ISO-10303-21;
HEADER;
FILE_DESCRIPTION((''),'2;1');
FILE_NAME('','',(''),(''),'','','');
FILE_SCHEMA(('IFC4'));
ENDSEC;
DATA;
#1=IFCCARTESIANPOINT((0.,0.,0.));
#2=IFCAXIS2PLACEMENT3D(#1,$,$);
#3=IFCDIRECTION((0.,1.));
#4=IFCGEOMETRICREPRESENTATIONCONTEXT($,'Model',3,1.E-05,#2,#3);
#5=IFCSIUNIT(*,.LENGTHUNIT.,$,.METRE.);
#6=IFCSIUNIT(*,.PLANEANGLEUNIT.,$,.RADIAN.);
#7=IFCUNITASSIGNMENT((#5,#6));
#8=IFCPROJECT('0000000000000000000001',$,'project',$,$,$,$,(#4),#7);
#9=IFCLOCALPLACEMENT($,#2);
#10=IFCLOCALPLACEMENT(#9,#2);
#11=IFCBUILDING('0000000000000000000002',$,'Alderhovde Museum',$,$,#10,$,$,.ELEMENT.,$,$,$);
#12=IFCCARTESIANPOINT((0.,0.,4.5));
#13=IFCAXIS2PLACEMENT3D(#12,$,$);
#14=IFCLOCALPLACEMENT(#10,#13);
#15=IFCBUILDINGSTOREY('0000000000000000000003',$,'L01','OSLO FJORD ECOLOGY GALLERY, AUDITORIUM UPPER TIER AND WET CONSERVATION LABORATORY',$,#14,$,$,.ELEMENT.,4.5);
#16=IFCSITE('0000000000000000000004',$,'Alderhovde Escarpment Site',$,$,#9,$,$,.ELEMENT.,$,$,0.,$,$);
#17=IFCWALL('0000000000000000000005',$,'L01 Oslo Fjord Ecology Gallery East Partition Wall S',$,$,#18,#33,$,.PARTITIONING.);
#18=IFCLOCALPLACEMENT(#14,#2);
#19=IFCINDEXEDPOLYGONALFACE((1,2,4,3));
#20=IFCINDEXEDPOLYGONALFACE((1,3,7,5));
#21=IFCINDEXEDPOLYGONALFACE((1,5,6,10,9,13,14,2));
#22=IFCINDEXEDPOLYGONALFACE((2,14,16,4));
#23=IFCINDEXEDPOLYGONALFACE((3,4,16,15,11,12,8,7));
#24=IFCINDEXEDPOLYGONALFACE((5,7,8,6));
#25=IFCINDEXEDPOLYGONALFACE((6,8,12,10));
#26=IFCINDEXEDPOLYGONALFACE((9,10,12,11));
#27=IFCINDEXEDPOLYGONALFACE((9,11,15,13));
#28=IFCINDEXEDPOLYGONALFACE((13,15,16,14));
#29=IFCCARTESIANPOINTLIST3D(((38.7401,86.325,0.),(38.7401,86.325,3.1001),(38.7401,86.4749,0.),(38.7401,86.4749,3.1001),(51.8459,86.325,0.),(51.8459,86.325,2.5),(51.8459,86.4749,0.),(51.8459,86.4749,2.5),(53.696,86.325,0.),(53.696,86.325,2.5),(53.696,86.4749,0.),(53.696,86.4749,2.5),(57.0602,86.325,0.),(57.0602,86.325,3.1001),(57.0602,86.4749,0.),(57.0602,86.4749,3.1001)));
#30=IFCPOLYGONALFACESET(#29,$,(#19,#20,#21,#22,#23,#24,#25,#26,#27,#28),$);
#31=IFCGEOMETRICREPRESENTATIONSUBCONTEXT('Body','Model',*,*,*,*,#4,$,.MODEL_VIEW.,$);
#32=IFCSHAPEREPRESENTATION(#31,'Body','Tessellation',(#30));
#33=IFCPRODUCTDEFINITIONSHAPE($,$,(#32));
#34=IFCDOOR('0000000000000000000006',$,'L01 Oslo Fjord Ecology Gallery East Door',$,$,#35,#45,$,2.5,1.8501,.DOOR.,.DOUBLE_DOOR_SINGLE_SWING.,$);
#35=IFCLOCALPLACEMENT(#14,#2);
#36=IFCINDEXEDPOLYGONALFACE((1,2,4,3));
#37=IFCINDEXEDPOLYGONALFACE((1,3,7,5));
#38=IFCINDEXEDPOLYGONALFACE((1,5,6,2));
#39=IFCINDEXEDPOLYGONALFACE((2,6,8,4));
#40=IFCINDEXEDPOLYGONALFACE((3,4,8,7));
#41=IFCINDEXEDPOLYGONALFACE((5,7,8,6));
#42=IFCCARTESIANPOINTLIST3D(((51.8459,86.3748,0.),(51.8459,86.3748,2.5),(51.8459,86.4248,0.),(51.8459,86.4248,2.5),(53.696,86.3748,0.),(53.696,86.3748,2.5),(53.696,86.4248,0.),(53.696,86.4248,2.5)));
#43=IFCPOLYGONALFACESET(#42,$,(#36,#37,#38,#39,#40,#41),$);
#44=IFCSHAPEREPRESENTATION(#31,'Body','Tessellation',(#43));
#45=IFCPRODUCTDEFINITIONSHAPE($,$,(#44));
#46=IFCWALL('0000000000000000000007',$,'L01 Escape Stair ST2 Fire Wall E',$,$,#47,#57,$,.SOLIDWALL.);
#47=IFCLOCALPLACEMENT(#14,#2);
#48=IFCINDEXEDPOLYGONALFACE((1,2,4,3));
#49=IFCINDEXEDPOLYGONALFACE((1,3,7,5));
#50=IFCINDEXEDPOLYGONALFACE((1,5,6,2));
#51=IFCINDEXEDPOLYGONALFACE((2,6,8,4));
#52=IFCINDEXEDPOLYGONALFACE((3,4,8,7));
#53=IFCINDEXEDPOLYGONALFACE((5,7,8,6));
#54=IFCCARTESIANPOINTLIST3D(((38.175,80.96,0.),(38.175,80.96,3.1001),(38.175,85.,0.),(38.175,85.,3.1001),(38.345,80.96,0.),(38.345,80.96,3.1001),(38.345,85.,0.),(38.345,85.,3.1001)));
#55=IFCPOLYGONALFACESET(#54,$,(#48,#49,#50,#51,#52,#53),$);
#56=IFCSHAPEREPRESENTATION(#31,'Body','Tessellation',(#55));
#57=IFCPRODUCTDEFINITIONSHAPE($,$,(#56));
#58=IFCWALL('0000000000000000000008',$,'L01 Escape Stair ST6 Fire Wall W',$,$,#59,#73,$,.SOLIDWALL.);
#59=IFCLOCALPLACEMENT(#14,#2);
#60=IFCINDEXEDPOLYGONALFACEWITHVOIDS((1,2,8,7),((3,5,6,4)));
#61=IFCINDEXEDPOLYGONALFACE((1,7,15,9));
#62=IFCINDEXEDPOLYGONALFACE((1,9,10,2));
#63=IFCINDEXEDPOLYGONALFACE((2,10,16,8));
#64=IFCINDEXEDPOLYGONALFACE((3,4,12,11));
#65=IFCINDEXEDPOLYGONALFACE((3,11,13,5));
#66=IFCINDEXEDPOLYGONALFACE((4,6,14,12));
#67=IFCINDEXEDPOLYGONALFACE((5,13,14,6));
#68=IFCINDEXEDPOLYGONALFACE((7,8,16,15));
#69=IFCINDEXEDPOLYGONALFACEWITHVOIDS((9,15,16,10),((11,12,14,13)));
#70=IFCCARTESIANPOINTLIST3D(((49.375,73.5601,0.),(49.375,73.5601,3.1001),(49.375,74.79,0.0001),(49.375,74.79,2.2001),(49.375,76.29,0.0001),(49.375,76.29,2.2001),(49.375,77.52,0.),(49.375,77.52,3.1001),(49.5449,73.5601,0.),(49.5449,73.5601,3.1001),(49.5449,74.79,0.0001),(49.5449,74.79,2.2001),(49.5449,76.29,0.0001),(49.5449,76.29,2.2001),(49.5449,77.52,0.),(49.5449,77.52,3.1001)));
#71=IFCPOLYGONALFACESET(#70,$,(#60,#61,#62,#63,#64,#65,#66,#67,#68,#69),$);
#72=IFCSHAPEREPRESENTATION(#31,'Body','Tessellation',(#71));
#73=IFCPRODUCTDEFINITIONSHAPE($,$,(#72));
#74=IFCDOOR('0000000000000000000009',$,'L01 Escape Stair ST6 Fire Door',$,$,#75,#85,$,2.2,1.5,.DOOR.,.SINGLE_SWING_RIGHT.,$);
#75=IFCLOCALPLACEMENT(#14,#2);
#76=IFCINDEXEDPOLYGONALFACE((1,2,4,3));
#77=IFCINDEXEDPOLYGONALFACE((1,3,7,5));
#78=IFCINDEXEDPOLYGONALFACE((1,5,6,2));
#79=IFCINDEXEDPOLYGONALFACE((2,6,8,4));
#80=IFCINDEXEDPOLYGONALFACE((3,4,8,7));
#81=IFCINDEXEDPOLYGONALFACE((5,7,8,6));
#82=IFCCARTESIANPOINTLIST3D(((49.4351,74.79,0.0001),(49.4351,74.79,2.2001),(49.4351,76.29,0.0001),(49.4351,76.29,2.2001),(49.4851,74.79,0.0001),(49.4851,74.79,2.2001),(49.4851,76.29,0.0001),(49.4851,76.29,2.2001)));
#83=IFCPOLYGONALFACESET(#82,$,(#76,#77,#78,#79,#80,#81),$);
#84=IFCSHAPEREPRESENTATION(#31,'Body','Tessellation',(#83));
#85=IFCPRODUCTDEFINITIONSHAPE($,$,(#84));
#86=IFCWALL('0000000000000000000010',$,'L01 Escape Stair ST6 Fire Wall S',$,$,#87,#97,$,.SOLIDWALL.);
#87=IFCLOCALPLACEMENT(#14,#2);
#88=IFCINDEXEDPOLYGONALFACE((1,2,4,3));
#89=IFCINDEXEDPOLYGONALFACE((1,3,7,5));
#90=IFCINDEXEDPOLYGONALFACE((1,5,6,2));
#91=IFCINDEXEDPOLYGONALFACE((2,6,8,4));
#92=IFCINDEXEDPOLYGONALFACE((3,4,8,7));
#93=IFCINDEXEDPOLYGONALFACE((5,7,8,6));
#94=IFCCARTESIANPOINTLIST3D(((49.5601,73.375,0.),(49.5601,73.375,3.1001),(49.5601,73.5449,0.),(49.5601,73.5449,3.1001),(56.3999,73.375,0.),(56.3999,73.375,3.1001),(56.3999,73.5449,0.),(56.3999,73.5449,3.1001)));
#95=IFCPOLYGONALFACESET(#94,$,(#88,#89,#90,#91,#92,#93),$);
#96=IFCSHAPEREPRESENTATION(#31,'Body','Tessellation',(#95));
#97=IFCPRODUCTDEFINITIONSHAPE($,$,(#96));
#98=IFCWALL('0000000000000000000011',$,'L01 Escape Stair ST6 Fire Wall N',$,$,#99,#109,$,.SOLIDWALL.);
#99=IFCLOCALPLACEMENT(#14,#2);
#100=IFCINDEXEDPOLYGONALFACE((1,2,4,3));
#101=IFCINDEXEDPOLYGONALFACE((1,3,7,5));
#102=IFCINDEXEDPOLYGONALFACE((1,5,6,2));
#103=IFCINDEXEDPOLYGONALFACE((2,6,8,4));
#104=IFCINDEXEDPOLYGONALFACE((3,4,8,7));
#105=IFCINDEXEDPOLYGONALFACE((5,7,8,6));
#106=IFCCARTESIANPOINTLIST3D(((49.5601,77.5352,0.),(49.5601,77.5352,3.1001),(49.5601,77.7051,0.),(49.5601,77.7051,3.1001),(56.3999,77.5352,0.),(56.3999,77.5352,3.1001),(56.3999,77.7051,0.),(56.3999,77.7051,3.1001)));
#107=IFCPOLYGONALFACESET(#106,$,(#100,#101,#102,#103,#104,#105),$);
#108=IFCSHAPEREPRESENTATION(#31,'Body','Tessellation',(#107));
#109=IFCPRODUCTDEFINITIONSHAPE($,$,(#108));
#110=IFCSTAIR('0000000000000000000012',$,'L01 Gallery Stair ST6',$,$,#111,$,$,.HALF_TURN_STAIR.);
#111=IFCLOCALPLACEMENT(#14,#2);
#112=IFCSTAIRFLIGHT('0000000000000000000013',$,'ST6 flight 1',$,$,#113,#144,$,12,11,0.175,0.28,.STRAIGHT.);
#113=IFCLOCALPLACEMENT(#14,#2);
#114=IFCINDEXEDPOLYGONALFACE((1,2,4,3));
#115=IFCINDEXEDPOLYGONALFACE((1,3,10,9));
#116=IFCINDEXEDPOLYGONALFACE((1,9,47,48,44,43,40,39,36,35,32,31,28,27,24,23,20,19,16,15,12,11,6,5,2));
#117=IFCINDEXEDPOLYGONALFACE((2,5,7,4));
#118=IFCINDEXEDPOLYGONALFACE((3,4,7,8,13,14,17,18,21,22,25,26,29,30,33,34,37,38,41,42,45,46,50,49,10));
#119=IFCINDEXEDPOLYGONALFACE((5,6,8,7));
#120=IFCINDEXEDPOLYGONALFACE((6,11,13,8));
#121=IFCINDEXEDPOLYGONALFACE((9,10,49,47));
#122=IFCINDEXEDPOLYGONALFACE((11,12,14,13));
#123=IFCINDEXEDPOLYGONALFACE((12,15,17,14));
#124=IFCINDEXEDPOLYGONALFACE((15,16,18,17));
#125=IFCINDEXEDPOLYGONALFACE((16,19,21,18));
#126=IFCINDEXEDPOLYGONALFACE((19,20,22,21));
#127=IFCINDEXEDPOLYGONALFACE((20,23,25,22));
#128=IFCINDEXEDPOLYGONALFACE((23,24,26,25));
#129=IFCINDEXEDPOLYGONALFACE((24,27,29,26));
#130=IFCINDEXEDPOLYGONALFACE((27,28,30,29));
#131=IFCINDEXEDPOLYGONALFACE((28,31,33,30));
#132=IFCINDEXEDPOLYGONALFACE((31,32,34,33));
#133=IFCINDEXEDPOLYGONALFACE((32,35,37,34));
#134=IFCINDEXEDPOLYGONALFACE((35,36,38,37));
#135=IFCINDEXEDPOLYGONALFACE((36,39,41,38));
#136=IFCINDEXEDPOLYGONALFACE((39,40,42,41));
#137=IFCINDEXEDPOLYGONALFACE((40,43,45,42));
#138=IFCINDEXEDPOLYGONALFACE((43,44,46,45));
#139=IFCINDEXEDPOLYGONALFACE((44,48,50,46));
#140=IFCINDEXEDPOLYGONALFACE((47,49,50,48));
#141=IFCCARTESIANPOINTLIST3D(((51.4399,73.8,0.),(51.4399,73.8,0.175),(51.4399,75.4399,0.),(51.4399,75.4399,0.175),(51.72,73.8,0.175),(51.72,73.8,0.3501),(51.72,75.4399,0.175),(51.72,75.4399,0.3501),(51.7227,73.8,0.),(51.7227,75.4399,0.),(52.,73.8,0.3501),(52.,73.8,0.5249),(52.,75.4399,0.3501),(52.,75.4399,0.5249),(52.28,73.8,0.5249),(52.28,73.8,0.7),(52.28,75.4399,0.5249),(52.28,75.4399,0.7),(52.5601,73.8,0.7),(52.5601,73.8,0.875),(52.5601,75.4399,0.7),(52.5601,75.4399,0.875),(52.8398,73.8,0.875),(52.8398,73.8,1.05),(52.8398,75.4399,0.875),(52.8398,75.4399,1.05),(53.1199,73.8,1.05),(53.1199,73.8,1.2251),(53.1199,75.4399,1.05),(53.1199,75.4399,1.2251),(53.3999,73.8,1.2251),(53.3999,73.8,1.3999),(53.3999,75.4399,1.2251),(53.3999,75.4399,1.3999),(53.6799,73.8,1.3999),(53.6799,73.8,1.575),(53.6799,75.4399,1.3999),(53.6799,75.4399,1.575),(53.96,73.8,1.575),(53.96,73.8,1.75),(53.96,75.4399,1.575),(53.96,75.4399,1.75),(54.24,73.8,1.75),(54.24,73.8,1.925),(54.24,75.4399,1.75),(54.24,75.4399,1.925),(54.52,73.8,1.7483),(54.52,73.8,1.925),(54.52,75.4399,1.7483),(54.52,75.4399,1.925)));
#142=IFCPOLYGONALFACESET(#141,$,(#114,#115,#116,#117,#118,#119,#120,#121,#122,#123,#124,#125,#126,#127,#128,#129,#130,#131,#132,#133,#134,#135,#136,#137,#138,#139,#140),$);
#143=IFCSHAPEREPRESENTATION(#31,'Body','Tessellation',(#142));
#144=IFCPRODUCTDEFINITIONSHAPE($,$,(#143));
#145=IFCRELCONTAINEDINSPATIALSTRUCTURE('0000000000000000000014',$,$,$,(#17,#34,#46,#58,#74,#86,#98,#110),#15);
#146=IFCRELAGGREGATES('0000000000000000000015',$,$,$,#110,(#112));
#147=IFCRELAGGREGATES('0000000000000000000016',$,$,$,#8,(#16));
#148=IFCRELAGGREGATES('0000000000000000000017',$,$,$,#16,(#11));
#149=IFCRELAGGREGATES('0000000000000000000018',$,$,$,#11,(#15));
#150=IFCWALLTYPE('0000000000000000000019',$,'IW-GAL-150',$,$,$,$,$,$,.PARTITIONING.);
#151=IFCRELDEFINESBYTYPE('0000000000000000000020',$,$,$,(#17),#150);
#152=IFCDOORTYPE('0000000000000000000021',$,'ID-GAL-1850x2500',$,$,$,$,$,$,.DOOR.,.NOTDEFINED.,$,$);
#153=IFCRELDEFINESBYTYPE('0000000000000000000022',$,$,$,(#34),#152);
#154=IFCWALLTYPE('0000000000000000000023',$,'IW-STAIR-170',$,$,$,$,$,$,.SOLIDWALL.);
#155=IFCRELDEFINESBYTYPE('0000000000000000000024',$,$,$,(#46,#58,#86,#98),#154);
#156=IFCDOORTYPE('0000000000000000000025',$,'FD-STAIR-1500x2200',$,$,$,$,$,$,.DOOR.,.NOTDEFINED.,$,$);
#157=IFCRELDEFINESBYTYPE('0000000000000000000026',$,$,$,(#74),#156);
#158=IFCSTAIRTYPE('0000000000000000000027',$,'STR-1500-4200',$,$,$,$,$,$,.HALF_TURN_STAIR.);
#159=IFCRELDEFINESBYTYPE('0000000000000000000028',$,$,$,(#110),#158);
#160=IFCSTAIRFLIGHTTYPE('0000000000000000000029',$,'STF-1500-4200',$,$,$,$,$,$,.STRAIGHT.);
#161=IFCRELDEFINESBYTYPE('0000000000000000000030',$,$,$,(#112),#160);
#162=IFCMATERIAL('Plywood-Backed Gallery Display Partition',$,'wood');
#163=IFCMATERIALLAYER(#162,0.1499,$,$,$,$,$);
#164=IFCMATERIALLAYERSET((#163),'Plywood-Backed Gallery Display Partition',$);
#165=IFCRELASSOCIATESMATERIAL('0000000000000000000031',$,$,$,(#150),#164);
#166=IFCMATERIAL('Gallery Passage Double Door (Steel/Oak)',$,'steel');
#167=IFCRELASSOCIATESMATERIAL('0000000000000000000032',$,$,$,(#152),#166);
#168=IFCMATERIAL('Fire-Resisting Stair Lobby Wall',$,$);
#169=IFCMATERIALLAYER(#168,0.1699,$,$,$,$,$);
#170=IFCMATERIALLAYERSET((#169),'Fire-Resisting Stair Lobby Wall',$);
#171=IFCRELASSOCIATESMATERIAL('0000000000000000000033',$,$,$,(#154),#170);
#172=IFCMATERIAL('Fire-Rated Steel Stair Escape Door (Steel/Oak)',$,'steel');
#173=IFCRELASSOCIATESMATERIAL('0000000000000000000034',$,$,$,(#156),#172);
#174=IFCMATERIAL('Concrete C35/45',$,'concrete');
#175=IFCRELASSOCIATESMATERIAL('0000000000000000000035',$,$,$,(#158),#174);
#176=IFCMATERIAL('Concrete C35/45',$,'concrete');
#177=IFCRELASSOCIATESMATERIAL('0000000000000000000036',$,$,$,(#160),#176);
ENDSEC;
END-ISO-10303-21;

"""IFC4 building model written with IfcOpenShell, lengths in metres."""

from ifc_helpers import new_model, si_unit, direction, frame, frame_2d, origin, place, context, subcontext, project, spatial, polyline, rectangle, outline, extrude, material, layer, layer_set, type_object, element, fill, aggregate, save


model = new_model("IFC4")

# Units and contexts
model_context = context("Model", 3, precision=1e-05, world=origin(), true_north=direction((0.0, 1.0)))
body_context = subcontext(model_context, "Body", "Model", "MODEL_VIEW")
ifc_project = project(units=[si_unit("LENGTHUNIT", "METRE"), si_unit("PLANEANGLEUNIT", "RADIAN")], contexts=[model_context])

# Site, building, storey
site_placement = place(None, origin())
site = spatial("IfcSite", under=ifc_project, at=site_placement, Name="Alderhovde Escarpment Site", CompositionType="ELEMENT", RefElevation=0.0)
building_placement = place(site_placement, origin())
building = spatial("IfcBuilding", under=site, at=building_placement, Name="Alderhovde Museum", CompositionType="ELEMENT")
storey_placement = place(building_placement, frame((0.0, 0.0, 4.5)))
storey = spatial("IfcBuildingStorey", under=building, at=storey_placement, Name="L01", Description="OSLO FJORD ECOLOGY GALLERY, AUDITORIUM UPPER TIER AND WET CONSERVATION LABORATORY", CompositionType="ELEMENT", Elevation=4.5)

# Wall, opening, door
ifc_material_1 = material(Name="Plywood-Backed Gallery Display Partition", Category="wood")
ifc_layer_1 = layer(ifc_material_1, 0.1499)
ifc_layer_set_1 = layer_set([ifc_layer_1], Name="Plywood-Backed Gallery Display Partition")
wall_type_1 = type_object("IfcWallType", Name="IW-GAL-150", PredefinedType="PARTITIONING", material=ifc_layer_set_1)
wall_1_placement = place(storey_placement, frame((38.74, 86.3999, 0.0), z_axis=(0.0, 0.0, 1.0), x_axis=(1.0, 0.0, 0.0)))
wall_1 = element("IfcWall", 1, at=wall_1_placement, inside=storey, type_object=wall_type_1, Name="L01 Oslo Fjord Ecology Gallery East Partition Wall S", PredefinedType="PARTITIONING", context=body_context, shape_type="SweptSolid", body=[
    extrude(rectangle(XDim=18.3201, YDim=0.1499, at=frame_2d((9.1602, 0.0))), origin(), (0.0, 0.0, 1.0), 3.1001),
])
opening_1_placement = place(wall_1_placement, frame((13.106, 0.0, 0.0)))
opening_1 = element("IfcOpeningElement", 2, at=opening_1_placement, cuts=wall_1, PredefinedType="OPENING", context=body_context, shape_type="SweptSolid", body=[
    extrude(rectangle(XDim=1.8501, YDim=2.5, at=frame_2d((0.925, 1.25))), frame((0.0, 0.085, 0.0), z_axis=(0.0, -1.0, 0.0), x_axis=(1.0, 0.0, 0.0)), (0.0, 0.0, 1.0), 0.1699),
])
ifc_material_2 = material(Name="Gallery Passage Double Door (Steel/Oak)", Category="steel")
door_type_1 = type_object("IfcDoorType", Name="ID-GAL-1850x2500", OperationType="NOTDEFINED", PredefinedType="DOOR", material=ifc_material_2)
door_1_placement = place(opening_1_placement, origin())
door_1 = element("IfcDoor", 3, at=door_1_placement, inside=storey, type_object=door_type_1, Name="L01 Oslo Fjord Ecology Gallery East Door", OperationType="DOUBLE_DOOR_SINGLE_SWING", OverallHeight=2.5, OverallWidth=1.8501, PredefinedType="DOOR", context=body_context, shape_type="SweptSolid", body=[
    extrude(rectangle(XDim=1.8501, YDim=2.5, at=frame_2d((0.925, 1.25))), frame((0.0, 0.0249, 0.0), z_axis=(0.0, -1.0, 0.0), x_axis=(1.0, 0.0, 0.0)), (0.0, 0.0, 1.0), 0.05),
])
fill(opening_1, door_1)

# Wall
ifc_material_3 = material(Name="Fire-Resisting Stair Lobby Wall")
ifc_layer_2 = layer(ifc_material_3, 0.1699)
ifc_layer_set_2 = layer_set([ifc_layer_2], Name="Fire-Resisting Stair Lobby Wall")
wall_type_2 = type_object("IfcWallType", Name="IW-STAIR-170", PredefinedType="SOLIDWALL", material=ifc_layer_set_2)
wall_2_placement = place(storey_placement, frame((38.26, 80.96, 0.0), z_axis=(0.0, 0.0, 1.0), x_axis=(0.0, 1.0, 0.0)))
element("IfcWall", 4, at=wall_2_placement, inside=storey, type_object=wall_type_2, Name="L01 Escape Stair ST2 Fire Wall E", PredefinedType="SOLIDWALL", context=body_context, shape_type="SweptSolid", body=[
    extrude(rectangle(XDim=4.04, YDim=0.1699, at=frame_2d((2.02, 0.0))), origin(), (0.0, 0.0, 1.0), 3.1001),
])

# Wall, opening, door
wall_3_placement = place(storey_placement, frame((49.46, 73.5601, 0.0), z_axis=(0.0, 0.0, 1.0), x_axis=(0.0, 1.0, 0.0)))
wall_3 = element("IfcWall", 5, at=wall_3_placement, inside=storey, type_object=wall_type_2, Name="L01 Escape Stair ST6 Fire Wall W", PredefinedType="SOLIDWALL", context=body_context, shape_type="SweptSolid", body=[
    extrude(rectangle(XDim=3.96, YDim=0.1699, at=frame_2d((1.98, 0.0))), origin(), (0.0, 0.0, 1.0), 3.1001),
])
opening_2_placement = place(wall_3_placement, frame((1.23, 0.0, 0.0)))
opening_2 = element("IfcOpeningElement", 6, at=opening_2_placement, cuts=wall_3, PredefinedType="OPENING", context=body_context, shape_type="SweptSolid", body=[
    extrude(rectangle(XDim=1.5, YDim=2.2, at=frame_2d((0.75, 1.1001))), frame((0.0, 0.095, 0.0), z_axis=(0.0, -1.0, 0.0), x_axis=(1.0, 0.0, 0.0)), (0.0, 0.0, 1.0), 0.1899),
])
ifc_material_4 = material(Name="Fire-Rated Steel Stair Escape Door (Steel/Oak)", Category="steel")
door_type_2 = type_object("IfcDoorType", Name="FD-STAIR-1500x2200", OperationType="NOTDEFINED", PredefinedType="DOOR", material=ifc_material_4)
door_2_placement = place(opening_2_placement, origin())
door_2 = element("IfcDoor", 7, at=door_2_placement, inside=storey, type_object=door_type_2, Name="L01 Escape Stair ST6 Fire Door", OperationType="SINGLE_SWING_RIGHT", OverallHeight=2.2, OverallWidth=1.5, PredefinedType="DOOR", context=body_context, shape_type="SweptSolid", body=[
    extrude(rectangle(XDim=1.5, YDim=2.2, at=frame_2d((0.75, 1.1001))), frame((0.0, 0.0249, 0.0), z_axis=(0.0, -1.0, 0.0), x_axis=(1.0, 0.0, 0.0)), (0.0, 0.0, 1.0), 0.05),
])
fill(opening_2, door_2)

# Walls
for number, where, z_axis, x_axis, name in (
    (8, (49.5601, 73.46, 0.0), (0.0, 0.0, 1.0), (1.0, 0.0, 0.0), "L01 Escape Stair ST6 Fire Wall S"),
    (9, (49.5601, 77.6201, 0.0), (0.0, 0.0, 1.0), (1.0, 0.0, 0.0), "L01 Escape Stair ST6 Fire Wall N"),
):
    element("IfcWall", number, at=place(storey_placement, frame(where, z_axis=z_axis, x_axis=x_axis)), inside=storey, type_object=wall_type_2, Name=name, PredefinedType="SOLIDWALL", context=body_context, shape_type="SweptSolid", body=[
        extrude(rectangle(XDim=6.8398, YDim=0.1699, at=frame_2d((3.4199, 0.0))), origin(), (0.0, 0.0, 1.0), 3.1001),
    ])

# Stair, stair flight
ifc_material_5 = material(Name="Concrete C35/45", Category="concrete")
stair_type = type_object("IfcStairType", Name="STR-1500-4200", PredefinedType="HALF_TURN_STAIR", material=ifc_material_5)
stair_placement = place(storey_placement, origin())
stair = element("IfcStair", 10, at=stair_placement, inside=storey, type_object=stair_type, Name="L01 Gallery Stair ST6", PredefinedType="HALF_TURN_STAIR")
ifc_material_6 = material(Name="Concrete C35/45", Category="concrete")
stair_flight_type = type_object("IfcStairFlightType", Name="STF-1500-4200", PredefinedType="STRAIGHT", material=ifc_material_6)
stair_flight_placement = place(storey_placement, frame((51.4399, 74.6201, 0.0), z_axis=(0.0, 0.0, 1.0), x_axis=(1.0, 0.0, 0.0)))
stair_flight = element("IfcStairFlight", 11, at=stair_flight_placement, type_object=stair_flight_type, Name="ST6 flight 1", NumberOfRisers=12, NumberOfTreads=11, PredefinedType="STRAIGHT", RiserHeight=0.175, TreadLength=0.28, context=body_context, shape_type="SweptSolid", body=[
    extrude(outline(polyline([(0.0, 0.0), (0.0, 0.175), (0.28, 0.175), (0.28, 0.3501), (0.5601, 0.3501), (0.5601, 0.5249), (0.8401, 0.5249), (0.8401, 0.7), (1.1201, 0.7), (1.1201, 0.875), (1.3999, 0.875), (1.3999, 1.05), (1.6799, 1.05), (1.6799, 1.2251), (1.96, 1.2251), (1.96, 1.3999), (2.24, 1.3999), (2.24, 1.575), (2.52, 1.575), (2.52, 1.75), (2.8, 1.75), (2.8, 1.925), (3.0801, 1.925), (3.0801, 2.1001), (3.0801, 1.7483), (0.2827, 0.0), (0.0, 0.0)])), frame((0.0, 0.8198, 0.0), z_axis=(0.0, -1.0, 0.0), x_axis=(1.0, 0.0, 0.0)), (0.0, 0.0, 1.0), 1.6399),
])
aggregate(stair, [stair_flight])

save(model, "model.ifc")
